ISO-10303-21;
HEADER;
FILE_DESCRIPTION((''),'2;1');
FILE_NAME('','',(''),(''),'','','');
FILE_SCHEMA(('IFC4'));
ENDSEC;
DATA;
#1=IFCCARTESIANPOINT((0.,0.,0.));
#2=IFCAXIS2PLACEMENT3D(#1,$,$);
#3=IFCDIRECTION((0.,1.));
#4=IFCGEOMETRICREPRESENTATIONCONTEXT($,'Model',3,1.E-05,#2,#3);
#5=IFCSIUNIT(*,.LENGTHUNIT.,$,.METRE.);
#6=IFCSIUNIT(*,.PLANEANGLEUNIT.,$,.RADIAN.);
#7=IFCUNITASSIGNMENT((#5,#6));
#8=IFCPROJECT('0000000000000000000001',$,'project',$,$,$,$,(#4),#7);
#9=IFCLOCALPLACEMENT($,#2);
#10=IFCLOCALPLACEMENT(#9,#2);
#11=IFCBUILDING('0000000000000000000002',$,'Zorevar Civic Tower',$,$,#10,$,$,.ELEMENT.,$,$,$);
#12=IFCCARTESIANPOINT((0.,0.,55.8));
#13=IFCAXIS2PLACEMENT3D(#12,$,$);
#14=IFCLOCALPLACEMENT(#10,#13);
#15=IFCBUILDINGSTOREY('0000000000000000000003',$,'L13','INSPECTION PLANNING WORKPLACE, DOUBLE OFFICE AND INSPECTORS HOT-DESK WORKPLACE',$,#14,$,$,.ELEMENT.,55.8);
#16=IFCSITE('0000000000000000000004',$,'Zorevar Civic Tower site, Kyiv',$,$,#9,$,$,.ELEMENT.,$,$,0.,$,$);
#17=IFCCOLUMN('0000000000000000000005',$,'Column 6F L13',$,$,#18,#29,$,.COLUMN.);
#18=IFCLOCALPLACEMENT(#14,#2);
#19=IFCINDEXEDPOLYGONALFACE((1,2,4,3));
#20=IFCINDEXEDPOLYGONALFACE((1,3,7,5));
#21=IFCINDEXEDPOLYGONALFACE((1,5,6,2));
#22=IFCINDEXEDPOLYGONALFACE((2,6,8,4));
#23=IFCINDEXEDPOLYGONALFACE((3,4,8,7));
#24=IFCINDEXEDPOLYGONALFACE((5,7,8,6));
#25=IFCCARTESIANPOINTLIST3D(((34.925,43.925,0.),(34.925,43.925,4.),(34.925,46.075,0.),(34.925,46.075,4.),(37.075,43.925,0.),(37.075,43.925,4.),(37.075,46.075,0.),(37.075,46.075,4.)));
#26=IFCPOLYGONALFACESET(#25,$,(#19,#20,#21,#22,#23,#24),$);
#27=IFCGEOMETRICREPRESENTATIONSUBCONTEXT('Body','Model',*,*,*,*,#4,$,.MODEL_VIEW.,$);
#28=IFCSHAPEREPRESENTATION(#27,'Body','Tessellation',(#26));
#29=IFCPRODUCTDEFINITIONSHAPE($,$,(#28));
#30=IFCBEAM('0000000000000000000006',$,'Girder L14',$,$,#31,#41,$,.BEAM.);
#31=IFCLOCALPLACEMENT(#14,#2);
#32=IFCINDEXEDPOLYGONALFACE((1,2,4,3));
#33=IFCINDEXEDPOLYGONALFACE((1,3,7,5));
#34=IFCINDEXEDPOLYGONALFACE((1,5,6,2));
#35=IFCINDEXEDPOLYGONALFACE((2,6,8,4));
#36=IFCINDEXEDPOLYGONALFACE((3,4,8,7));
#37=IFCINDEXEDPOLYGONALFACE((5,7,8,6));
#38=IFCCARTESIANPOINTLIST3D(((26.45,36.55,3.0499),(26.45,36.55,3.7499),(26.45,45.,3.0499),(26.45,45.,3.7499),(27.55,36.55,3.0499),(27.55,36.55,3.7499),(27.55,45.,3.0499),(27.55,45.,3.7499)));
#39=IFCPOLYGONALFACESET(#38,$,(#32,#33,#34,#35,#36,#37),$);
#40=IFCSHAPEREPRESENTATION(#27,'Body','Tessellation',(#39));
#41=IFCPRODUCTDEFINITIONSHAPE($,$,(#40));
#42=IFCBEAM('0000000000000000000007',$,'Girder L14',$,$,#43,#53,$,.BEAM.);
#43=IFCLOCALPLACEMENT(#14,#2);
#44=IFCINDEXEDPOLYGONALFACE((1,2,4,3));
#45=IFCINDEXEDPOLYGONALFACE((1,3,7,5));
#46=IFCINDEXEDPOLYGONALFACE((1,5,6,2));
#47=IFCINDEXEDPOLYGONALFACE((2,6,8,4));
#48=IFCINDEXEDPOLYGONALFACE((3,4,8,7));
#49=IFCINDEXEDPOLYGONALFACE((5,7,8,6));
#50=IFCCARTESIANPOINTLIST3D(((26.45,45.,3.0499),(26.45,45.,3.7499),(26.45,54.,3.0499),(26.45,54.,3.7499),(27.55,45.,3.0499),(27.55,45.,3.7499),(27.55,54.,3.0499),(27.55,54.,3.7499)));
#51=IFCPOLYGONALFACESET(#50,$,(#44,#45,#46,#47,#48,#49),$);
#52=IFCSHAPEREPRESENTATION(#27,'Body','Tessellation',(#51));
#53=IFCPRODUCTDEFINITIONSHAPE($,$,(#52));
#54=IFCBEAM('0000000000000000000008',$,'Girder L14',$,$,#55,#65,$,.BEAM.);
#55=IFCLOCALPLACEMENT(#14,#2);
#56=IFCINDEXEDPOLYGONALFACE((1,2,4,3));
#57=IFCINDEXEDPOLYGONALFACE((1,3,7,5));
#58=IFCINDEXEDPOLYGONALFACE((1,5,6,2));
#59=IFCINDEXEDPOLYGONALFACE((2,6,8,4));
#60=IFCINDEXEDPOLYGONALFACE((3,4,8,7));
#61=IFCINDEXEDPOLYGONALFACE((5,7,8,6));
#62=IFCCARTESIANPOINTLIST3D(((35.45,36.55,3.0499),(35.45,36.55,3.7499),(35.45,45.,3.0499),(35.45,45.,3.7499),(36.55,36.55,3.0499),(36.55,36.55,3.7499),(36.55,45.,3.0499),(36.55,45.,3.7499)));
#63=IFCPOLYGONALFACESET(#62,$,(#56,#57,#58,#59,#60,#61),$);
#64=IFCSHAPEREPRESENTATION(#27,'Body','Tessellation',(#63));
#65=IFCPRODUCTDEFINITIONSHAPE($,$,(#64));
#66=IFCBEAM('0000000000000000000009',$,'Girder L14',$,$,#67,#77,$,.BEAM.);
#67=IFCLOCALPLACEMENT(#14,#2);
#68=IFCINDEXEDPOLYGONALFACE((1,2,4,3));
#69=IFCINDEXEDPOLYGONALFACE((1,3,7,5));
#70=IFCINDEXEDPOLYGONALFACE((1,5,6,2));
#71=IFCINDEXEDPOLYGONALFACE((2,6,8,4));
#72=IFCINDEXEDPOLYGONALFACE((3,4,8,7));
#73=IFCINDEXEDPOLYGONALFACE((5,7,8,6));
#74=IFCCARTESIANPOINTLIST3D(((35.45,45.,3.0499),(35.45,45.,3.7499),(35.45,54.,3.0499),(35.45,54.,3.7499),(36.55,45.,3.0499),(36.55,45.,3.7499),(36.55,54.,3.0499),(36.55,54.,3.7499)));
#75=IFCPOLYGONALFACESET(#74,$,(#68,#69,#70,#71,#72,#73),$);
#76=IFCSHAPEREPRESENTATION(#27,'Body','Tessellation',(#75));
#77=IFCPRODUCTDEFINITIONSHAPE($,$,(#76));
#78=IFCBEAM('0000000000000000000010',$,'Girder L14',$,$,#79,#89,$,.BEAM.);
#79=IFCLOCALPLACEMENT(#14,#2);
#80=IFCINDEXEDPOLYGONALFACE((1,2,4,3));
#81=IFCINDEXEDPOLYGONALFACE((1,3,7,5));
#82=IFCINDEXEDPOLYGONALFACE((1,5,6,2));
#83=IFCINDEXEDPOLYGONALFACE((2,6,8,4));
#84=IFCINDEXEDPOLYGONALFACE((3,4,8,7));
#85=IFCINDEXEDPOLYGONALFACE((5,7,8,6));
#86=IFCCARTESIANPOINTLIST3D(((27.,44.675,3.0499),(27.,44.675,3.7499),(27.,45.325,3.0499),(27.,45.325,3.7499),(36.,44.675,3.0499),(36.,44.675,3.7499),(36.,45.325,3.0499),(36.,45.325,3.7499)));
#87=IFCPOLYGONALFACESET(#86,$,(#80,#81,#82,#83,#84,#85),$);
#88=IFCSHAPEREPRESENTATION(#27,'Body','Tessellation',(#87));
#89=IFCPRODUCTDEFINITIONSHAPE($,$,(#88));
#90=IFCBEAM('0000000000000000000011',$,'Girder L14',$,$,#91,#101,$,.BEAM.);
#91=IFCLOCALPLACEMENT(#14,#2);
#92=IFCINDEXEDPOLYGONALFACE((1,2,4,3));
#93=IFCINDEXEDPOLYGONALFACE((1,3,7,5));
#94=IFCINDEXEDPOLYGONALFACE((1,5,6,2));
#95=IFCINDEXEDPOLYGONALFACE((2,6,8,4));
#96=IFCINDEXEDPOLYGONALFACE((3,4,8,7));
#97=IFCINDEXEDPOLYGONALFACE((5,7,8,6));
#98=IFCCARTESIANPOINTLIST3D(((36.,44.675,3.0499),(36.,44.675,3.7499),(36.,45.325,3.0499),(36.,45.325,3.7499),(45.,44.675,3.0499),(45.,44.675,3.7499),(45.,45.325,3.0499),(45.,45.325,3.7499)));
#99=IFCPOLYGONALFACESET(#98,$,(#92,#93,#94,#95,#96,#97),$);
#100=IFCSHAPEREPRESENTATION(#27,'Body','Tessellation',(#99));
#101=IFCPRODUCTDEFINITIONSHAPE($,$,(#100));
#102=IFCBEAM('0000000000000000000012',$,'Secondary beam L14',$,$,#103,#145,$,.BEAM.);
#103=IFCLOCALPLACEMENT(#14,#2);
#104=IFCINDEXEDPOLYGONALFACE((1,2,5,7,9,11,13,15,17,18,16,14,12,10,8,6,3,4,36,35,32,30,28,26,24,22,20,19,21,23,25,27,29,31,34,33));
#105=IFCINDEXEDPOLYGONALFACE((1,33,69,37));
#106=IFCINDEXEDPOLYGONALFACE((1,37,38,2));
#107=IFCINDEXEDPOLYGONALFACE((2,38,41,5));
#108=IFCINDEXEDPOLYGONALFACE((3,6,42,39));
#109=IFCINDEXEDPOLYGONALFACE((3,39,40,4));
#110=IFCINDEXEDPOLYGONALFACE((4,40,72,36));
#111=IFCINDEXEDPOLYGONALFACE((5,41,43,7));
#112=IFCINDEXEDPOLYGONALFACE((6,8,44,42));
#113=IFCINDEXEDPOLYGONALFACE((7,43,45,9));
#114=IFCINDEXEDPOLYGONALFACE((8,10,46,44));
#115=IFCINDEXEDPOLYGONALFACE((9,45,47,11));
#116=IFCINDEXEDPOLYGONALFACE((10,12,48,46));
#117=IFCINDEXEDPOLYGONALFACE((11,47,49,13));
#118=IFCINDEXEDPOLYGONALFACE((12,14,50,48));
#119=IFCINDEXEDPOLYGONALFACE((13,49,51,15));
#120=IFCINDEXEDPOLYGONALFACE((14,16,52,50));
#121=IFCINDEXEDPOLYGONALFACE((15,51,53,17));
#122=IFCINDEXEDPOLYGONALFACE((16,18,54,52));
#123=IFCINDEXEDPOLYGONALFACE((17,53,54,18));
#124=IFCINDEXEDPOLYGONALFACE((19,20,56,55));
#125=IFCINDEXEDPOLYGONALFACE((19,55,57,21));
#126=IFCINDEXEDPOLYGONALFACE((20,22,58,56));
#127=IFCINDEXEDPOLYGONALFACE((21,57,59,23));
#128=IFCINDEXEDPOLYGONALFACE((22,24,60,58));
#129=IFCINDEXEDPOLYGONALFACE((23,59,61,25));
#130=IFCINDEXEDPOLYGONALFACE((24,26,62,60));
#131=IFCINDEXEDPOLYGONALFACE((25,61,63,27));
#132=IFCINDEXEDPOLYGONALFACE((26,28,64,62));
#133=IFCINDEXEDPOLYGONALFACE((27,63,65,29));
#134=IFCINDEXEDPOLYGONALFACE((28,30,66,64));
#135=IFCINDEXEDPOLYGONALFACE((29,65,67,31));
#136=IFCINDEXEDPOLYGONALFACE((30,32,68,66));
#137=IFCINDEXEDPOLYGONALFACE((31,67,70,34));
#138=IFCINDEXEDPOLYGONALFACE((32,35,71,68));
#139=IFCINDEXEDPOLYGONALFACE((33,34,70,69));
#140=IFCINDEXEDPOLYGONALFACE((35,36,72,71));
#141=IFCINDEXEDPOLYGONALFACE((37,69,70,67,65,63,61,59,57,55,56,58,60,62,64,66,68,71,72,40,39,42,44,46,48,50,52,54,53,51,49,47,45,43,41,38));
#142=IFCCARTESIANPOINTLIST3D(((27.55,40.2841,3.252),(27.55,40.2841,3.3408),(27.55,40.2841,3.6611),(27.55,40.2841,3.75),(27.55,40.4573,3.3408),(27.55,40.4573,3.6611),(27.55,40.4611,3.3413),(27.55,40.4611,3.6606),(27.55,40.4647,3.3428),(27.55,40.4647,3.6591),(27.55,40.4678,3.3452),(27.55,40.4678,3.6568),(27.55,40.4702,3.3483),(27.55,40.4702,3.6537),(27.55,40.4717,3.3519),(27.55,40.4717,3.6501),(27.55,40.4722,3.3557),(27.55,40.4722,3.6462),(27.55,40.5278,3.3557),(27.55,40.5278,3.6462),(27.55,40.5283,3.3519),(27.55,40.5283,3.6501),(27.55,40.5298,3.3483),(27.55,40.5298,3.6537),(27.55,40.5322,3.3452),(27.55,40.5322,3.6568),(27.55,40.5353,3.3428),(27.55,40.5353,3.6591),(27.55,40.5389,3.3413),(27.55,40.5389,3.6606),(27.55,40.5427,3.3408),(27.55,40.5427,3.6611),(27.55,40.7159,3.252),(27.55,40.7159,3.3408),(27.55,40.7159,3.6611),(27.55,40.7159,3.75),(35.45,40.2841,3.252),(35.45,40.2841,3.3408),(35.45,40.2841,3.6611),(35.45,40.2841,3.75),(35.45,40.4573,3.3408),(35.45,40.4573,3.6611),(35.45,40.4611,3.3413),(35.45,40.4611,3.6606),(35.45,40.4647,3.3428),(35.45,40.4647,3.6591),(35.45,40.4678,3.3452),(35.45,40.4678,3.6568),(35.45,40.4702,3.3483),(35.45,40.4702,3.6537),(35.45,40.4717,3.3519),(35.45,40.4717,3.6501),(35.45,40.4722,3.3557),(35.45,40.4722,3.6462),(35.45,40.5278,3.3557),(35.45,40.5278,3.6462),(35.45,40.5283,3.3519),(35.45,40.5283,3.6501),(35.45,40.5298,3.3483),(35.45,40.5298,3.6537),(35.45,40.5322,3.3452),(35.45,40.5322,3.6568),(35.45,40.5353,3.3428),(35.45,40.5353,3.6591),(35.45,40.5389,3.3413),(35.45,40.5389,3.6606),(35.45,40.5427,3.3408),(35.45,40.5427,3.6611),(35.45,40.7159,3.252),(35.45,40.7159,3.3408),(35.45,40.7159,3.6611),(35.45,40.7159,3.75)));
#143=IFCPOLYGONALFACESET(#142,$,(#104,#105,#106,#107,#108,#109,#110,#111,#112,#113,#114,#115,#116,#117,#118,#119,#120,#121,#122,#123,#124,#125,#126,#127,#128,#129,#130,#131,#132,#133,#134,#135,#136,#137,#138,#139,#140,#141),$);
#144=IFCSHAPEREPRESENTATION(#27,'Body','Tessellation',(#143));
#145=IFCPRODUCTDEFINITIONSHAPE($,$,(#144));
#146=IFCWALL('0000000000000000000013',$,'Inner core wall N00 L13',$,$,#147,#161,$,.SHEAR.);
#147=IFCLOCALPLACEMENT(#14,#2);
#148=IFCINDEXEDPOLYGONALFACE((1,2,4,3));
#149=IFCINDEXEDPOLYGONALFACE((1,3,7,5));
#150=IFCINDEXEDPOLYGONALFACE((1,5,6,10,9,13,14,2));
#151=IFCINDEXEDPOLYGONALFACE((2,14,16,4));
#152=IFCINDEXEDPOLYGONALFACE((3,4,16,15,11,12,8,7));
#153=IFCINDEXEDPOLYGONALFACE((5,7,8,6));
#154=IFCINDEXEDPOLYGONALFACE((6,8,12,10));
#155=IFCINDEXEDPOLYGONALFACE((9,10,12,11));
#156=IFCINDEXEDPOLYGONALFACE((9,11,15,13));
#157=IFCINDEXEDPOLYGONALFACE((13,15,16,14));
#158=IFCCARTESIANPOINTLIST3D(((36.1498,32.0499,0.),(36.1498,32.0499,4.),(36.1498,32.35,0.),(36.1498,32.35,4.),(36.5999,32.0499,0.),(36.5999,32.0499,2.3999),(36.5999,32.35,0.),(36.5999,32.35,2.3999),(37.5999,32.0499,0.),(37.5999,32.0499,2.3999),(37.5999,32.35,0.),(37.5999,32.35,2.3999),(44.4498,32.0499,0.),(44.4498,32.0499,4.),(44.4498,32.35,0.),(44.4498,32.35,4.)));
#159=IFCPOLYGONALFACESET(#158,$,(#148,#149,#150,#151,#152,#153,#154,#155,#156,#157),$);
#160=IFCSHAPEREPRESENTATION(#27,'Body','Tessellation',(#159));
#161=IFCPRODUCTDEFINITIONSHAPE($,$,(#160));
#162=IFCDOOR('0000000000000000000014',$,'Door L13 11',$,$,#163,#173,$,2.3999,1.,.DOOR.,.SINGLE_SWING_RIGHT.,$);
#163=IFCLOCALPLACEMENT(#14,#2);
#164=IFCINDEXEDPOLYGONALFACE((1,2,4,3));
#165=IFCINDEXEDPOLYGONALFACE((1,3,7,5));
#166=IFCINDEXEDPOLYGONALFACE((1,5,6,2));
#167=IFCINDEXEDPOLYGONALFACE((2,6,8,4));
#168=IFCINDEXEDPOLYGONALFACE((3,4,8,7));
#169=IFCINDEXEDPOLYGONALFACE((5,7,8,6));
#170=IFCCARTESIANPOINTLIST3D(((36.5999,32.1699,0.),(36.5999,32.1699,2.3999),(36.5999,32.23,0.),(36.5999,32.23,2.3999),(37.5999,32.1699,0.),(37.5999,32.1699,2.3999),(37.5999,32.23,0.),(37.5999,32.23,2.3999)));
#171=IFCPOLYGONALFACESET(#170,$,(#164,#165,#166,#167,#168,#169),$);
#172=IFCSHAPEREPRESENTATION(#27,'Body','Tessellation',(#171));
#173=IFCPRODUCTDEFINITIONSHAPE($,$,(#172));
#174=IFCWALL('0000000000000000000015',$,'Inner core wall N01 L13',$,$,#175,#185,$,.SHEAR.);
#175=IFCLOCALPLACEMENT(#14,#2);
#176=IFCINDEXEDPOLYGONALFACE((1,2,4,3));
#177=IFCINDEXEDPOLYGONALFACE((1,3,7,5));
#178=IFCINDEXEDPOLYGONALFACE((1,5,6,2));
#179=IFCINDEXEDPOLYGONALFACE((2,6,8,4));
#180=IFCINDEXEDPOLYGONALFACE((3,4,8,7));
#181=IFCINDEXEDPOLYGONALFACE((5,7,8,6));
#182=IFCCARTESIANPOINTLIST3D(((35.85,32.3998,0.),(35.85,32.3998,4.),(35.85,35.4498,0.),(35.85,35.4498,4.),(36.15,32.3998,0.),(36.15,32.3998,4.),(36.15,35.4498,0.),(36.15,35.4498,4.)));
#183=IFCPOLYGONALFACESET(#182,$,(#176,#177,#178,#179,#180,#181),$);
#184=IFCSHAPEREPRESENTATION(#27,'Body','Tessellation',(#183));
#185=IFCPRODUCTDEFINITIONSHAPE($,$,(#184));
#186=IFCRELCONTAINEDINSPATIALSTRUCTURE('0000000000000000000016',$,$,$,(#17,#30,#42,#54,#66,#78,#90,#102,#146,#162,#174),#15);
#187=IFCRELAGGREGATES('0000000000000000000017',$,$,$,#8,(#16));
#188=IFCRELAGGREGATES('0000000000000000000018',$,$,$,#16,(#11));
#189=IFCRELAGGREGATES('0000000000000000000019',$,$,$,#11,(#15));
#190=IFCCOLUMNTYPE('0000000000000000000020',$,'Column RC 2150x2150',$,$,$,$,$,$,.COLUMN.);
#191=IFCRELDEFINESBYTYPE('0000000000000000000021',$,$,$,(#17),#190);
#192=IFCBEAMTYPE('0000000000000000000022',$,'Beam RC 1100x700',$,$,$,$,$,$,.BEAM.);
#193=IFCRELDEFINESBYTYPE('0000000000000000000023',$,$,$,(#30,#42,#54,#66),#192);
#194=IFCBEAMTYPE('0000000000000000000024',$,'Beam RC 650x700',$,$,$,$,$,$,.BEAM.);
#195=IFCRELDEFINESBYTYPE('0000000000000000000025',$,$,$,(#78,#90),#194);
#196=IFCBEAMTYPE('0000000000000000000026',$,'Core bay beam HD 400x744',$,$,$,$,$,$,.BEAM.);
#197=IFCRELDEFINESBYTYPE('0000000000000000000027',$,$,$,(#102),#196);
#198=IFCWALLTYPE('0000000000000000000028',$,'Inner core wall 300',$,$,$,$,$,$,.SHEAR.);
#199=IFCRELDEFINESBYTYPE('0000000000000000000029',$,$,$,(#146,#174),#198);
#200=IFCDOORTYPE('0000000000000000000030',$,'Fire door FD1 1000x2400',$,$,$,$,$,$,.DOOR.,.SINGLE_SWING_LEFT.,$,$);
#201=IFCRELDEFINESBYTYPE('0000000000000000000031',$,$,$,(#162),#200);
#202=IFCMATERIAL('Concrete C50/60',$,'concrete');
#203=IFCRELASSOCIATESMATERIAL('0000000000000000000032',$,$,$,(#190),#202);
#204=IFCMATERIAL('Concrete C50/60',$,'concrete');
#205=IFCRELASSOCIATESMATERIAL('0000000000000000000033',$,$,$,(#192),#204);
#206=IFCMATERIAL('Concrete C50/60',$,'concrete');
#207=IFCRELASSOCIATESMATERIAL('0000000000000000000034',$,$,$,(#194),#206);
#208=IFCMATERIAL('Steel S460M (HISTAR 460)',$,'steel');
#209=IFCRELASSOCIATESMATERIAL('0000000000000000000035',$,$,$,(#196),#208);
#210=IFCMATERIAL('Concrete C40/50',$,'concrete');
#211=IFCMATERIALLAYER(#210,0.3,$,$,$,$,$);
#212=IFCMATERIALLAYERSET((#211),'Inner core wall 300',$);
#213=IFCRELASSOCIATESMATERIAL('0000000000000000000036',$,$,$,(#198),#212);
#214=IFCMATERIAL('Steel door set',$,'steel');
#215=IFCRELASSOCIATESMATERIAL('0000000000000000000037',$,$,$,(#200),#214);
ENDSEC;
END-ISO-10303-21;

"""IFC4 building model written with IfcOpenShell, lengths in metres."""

from ifc_helpers import new_model, si_unit, direction, frame, frame_2d, origin, origin_2d, place, context, subcontext, project, spatial, rectangle, i_section, extrude, material, layer, layer_set, material_profile, profile_set, type_object, element, fill, save


model = new_model("IFC4")

# Units and contexts
model_context = context("Model", 3, precision=1e-05, world=origin(), true_north=direction((0.0, 1.0)))
body_context = subcontext(model_context, "Body", "Model", "MODEL_VIEW")
ifc_project = project(units=[si_unit("LENGTHUNIT", "METRE"), si_unit("PLANEANGLEUNIT", "RADIAN")], contexts=[model_context])

# Site, building, storey
site_placement = place(None, origin())
site = spatial("IfcSite", under=ifc_project, at=site_placement, Name="Zorevar Civic Tower site, Kyiv", CompositionType="ELEMENT", RefElevation=0.0)
building_placement = place(site_placement, origin())
building = spatial("IfcBuilding", under=site, at=building_placement, Name="Zorevar Civic Tower", CompositionType="ELEMENT")
storey_placement = place(building_placement, frame((0.0, 0.0, 55.8)))
storey = spatial("IfcBuildingStorey", under=building, at=storey_placement, Name="L13", Description="INSPECTION PLANNING WORKPLACE, DOUBLE OFFICE AND INSPECTORS HOT-DESK WORKPLACE", CompositionType="ELEMENT", Elevation=55.8)

# Column
ifc_material_1 = material(Name="Concrete C50/60", Category="concrete")
ifc_material_profile_1 = material_profile(ifc_material_1, rectangle(XDim=2.1499, YDim=2.1499, at=origin_2d()), Name="RC 2150x2150")
ifc_profile_set_1 = profile_set([ifc_material_profile_1], Name="Concrete C50/60")
column_type = type_object("IfcColumnType", Name="Column RC 2150x2150", PredefinedType="COLUMN", material=ifc_profile_set_1)
column_placement = place(storey_placement, frame((36.0, 45.0, 0.0), z_axis=(0.0, 0.0, 1.0), x_axis=(1.0, 0.0, 0.0)))
element("IfcColumn", 1, at=column_placement, inside=storey, type_object=column_type, Name="Column 6F L13", PredefinedType="COLUMN", context=body_context, shape_type="SweptSolid", body=[
    extrude(rectangle(XDim=2.1499, YDim=2.1499, at=origin_2d()), origin(), (0.0, 0.0, 1.0), 4.0),
])

# Beams
ifc_material_2 = material(Name="Concrete C50/60", Category="concrete")
ifc_material_profile_2 = material_profile(ifc_material_2, rectangle(XDim=1.1001, YDim=0.7, at=origin_2d()), Name="RC 1100x700")
ifc_profile_set_2 = profile_set([ifc_material_profile_2], Name="Concrete C50/60")
beam_type_1 = type_object("IfcBeamType", Name="Beam RC 1100x700", PredefinedType="BEAM", material=ifc_profile_set_2)
beam_1_placement = place(storey_placement, frame((27.0, 36.55, 3.3999), z_axis=(0.0, 1.0, 0.0), x_axis=(-1.0, 0.0, 0.0)))
element("IfcBeam", 2, at=beam_1_placement, inside=storey, type_object=beam_type_1, Name="Girder L14", PredefinedType="BEAM", context=body_context, shape_type="SweptSolid", body=[
    extrude(rectangle(XDim=1.1001, YDim=0.7, at=origin_2d()), origin(), (0.0, 0.0, 1.0), 8.45),
])
beam_2_placement = place(storey_placement, frame((27.0, 45.0, 3.3999), z_axis=(0.0, 1.0, 0.0), x_axis=(-1.0, 0.0, 0.0)))
element("IfcBeam", 3, at=beam_2_placement, inside=storey, type_object=beam_type_1, Name="Girder L14", PredefinedType="BEAM", context=body_context, shape_type="SweptSolid", body=[
    extrude(rectangle(XDim=1.1001, YDim=0.7, at=origin_2d()), origin(), (0.0, 0.0, 1.0), 9.0),
])
beam_3_placement = place(storey_placement, frame((36.0, 36.55, 3.3999), z_axis=(0.0, 1.0, 0.0), x_axis=(-1.0, 0.0, 0.0)))
element("IfcBeam", 4, at=beam_3_placement, inside=storey, type_object=beam_type_1, Name="Girder L14", PredefinedType="BEAM", context=body_context, shape_type="SweptSolid", body=[
    extrude(rectangle(XDim=1.1001, YDim=0.7, at=origin_2d()), origin(), (0.0, 0.0, 1.0), 8.45),
])
beam_4_placement = place(storey_placement, frame((36.0, 45.0, 3.3999), z_axis=(0.0, 1.0, 0.0), x_axis=(-1.0, 0.0, 0.0)))
element("IfcBeam", 5, at=beam_4_placement, inside=storey, type_object=beam_type_1, Name="Girder L14", PredefinedType="BEAM", context=body_context, shape_type="SweptSolid", body=[
    extrude(rectangle(XDim=1.1001, YDim=0.7, at=origin_2d()), origin(), (0.0, 0.0, 1.0), 9.0),
])
ifc_material_3 = material(Name="Concrete C50/60", Category="concrete")
ifc_material_profile_3 = material_profile(ifc_material_3, rectangle(XDim=0.6499, YDim=0.7, at=origin_2d()), Name="RC 650x700")
ifc_profile_set_3 = profile_set([ifc_material_profile_3], Name="Concrete C50/60")
beam_type_2 = type_object("IfcBeamType", Name="Beam RC 650x700", PredefinedType="BEAM", material=ifc_profile_set_3)
for number, where, z_axis, x_axis, name in (
    (6, (27.0, 45.0, 3.3999), (1.0, 0.0, 0.0), (0.0, 1.0, 0.0), "Girder L14"),
    (7, (36.0, 45.0, 3.3999), (1.0, 0.0, 0.0), (0.0, 1.0, 0.0), "Girder L14"),
):
    element("IfcBeam", number, at=place(storey_placement, frame(where, z_axis=z_axis, x_axis=x_axis)), inside=storey, type_object=beam_type_2, Name=name, PredefinedType="BEAM", context=body_context, shape_type="SweptSolid", body=[
        extrude(rectangle(XDim=0.6499, YDim=0.7, at=origin_2d()), origin(), (0.0, 0.0, 1.0), 9.0),
    ])
ifc_material_4 = material(Name="Steel S460M (HISTAR 460)", Category="steel")
ifc_material_profile_4 = material_profile(ifc_material_4, i_section(OverallWidth=0.4319, OverallDepth=0.498, WebThickness=0.0557, FlangeThickness=0.0889, FilletRadius=0.0149, at=origin_2d()), Name="HD 400x744")
ifc_profile_set_4 = profile_set([ifc_material_profile_4], Name="Steel S460M (HISTAR 460)")
beam_type_3 = type_object("IfcBeamType", Name="Core bay beam HD 400x744", PredefinedType="BEAM", material=ifc_profile_set_4)
beam_5_placement = place(storey_placement, frame((27.55, 40.5, 3.501), z_axis=(1.0, 0.0, 0.0), x_axis=(0.0, 1.0, 0.0)))
element("IfcBeam", 8, at=beam_5_placement, inside=storey, type_object=beam_type_3, Name="Secondary beam L14", PredefinedType="BEAM", context=body_context, shape_type="SweptSolid", body=[
    extrude(i_section(OverallWidth=0.4319, OverallDepth=0.498, WebThickness=0.0557, FlangeThickness=0.0889, FilletRadius=0.0149, at=origin_2d()), origin(), (0.0, 0.0, 1.0), 7.8999),
])

# Wall, opening, door
ifc_material_5 = material(Name="Concrete C40/50", Category="concrete")
ifc_layer_1 = layer(ifc_material_5, 0.3)
ifc_layer_set_1 = layer_set([ifc_layer_1], Name="Inner core wall 300")
wall_type_1 = type_object("IfcWallType", Name="Inner core wall 300", PredefinedType="SHEAR", material=ifc_layer_set_1)
wall_1_placement = place(storey_placement, frame((36.1499, 32.2, 0.0), z_axis=(0.0, 0.0, 1.0), x_axis=(1.0, 0.0, 0.0)))
wall_1 = element("IfcWall", 9, at=wall_1_placement, inside=storey, type_object=wall_type_1, Name="Inner core wall N00 L13", PredefinedType="SHEAR", context=body_context, shape_type="SweptSolid", body=[
    extrude(rectangle(XDim=8.3, YDim=0.3, at=frame_2d((4.1499, 0.0))), origin(), (0.0, 0.0, 1.0), 4.0),
])
opening_placement = place(wall_1_placement, frame((0.45, 0.0, 0.0)))
opening = element("IfcOpeningElement", 10, at=opening_placement, cuts=wall_1, PredefinedType="OPENING", context=body_context, shape_type="SweptSolid", body=[
    extrude(rectangle(XDim=1.0, YDim=2.3999, at=frame_2d((0.5, 1.2))), frame((0.0, 0.1599, 0.0), z_axis=(0.0, -1.0, 0.0), x_axis=(1.0, 0.0, 0.0)), (0.0, 0.0, 1.0), 0.3201),
])
ifc_material_6 = material(Name="Steel door set", Category="steel")
door_type = type_object("IfcDoorType", Name="Fire door FD1 1000x2400", OperationType="SINGLE_SWING_LEFT", PredefinedType="DOOR", material=ifc_material_6)
door_placement = place(opening_placement, origin())
door = element("IfcDoor", 11, at=door_placement, inside=storey, type_object=door_type, Name="Door L13 11", OperationType="SINGLE_SWING_RIGHT", OverallHeight=2.3999, OverallWidth=1.0, PredefinedType="DOOR", context=body_context, shape_type="SweptSolid", body=[
    extrude(rectangle(XDim=1.0, YDim=2.3999, at=frame_2d((0.5, 1.2))), frame((0.0, 0.03, 0.0), z_axis=(0.0, -1.0, 0.0), x_axis=(1.0, 0.0, 0.0)), (0.0, 0.0, 1.0), 0.0601),
])
fill(opening, door)

# Wall
wall_2_placement = place(storey_placement, frame((36.0, 32.3999, 0.0), z_axis=(0.0, 0.0, 1.0), x_axis=(0.0, 1.0, 0.0)))
element("IfcWall", 12, at=wall_2_placement, inside=storey, type_object=wall_type_1, Name="Inner core wall N01 L13", PredefinedType="SHEAR", context=body_context, shape_type="SweptSolid", body=[
    extrude(rectangle(XDim=3.05, YDim=0.3, at=frame_2d((1.5249, 0.0))), origin(), (0.0, 0.0, 1.0), 4.0),
])

save(model, "model.ifc")
